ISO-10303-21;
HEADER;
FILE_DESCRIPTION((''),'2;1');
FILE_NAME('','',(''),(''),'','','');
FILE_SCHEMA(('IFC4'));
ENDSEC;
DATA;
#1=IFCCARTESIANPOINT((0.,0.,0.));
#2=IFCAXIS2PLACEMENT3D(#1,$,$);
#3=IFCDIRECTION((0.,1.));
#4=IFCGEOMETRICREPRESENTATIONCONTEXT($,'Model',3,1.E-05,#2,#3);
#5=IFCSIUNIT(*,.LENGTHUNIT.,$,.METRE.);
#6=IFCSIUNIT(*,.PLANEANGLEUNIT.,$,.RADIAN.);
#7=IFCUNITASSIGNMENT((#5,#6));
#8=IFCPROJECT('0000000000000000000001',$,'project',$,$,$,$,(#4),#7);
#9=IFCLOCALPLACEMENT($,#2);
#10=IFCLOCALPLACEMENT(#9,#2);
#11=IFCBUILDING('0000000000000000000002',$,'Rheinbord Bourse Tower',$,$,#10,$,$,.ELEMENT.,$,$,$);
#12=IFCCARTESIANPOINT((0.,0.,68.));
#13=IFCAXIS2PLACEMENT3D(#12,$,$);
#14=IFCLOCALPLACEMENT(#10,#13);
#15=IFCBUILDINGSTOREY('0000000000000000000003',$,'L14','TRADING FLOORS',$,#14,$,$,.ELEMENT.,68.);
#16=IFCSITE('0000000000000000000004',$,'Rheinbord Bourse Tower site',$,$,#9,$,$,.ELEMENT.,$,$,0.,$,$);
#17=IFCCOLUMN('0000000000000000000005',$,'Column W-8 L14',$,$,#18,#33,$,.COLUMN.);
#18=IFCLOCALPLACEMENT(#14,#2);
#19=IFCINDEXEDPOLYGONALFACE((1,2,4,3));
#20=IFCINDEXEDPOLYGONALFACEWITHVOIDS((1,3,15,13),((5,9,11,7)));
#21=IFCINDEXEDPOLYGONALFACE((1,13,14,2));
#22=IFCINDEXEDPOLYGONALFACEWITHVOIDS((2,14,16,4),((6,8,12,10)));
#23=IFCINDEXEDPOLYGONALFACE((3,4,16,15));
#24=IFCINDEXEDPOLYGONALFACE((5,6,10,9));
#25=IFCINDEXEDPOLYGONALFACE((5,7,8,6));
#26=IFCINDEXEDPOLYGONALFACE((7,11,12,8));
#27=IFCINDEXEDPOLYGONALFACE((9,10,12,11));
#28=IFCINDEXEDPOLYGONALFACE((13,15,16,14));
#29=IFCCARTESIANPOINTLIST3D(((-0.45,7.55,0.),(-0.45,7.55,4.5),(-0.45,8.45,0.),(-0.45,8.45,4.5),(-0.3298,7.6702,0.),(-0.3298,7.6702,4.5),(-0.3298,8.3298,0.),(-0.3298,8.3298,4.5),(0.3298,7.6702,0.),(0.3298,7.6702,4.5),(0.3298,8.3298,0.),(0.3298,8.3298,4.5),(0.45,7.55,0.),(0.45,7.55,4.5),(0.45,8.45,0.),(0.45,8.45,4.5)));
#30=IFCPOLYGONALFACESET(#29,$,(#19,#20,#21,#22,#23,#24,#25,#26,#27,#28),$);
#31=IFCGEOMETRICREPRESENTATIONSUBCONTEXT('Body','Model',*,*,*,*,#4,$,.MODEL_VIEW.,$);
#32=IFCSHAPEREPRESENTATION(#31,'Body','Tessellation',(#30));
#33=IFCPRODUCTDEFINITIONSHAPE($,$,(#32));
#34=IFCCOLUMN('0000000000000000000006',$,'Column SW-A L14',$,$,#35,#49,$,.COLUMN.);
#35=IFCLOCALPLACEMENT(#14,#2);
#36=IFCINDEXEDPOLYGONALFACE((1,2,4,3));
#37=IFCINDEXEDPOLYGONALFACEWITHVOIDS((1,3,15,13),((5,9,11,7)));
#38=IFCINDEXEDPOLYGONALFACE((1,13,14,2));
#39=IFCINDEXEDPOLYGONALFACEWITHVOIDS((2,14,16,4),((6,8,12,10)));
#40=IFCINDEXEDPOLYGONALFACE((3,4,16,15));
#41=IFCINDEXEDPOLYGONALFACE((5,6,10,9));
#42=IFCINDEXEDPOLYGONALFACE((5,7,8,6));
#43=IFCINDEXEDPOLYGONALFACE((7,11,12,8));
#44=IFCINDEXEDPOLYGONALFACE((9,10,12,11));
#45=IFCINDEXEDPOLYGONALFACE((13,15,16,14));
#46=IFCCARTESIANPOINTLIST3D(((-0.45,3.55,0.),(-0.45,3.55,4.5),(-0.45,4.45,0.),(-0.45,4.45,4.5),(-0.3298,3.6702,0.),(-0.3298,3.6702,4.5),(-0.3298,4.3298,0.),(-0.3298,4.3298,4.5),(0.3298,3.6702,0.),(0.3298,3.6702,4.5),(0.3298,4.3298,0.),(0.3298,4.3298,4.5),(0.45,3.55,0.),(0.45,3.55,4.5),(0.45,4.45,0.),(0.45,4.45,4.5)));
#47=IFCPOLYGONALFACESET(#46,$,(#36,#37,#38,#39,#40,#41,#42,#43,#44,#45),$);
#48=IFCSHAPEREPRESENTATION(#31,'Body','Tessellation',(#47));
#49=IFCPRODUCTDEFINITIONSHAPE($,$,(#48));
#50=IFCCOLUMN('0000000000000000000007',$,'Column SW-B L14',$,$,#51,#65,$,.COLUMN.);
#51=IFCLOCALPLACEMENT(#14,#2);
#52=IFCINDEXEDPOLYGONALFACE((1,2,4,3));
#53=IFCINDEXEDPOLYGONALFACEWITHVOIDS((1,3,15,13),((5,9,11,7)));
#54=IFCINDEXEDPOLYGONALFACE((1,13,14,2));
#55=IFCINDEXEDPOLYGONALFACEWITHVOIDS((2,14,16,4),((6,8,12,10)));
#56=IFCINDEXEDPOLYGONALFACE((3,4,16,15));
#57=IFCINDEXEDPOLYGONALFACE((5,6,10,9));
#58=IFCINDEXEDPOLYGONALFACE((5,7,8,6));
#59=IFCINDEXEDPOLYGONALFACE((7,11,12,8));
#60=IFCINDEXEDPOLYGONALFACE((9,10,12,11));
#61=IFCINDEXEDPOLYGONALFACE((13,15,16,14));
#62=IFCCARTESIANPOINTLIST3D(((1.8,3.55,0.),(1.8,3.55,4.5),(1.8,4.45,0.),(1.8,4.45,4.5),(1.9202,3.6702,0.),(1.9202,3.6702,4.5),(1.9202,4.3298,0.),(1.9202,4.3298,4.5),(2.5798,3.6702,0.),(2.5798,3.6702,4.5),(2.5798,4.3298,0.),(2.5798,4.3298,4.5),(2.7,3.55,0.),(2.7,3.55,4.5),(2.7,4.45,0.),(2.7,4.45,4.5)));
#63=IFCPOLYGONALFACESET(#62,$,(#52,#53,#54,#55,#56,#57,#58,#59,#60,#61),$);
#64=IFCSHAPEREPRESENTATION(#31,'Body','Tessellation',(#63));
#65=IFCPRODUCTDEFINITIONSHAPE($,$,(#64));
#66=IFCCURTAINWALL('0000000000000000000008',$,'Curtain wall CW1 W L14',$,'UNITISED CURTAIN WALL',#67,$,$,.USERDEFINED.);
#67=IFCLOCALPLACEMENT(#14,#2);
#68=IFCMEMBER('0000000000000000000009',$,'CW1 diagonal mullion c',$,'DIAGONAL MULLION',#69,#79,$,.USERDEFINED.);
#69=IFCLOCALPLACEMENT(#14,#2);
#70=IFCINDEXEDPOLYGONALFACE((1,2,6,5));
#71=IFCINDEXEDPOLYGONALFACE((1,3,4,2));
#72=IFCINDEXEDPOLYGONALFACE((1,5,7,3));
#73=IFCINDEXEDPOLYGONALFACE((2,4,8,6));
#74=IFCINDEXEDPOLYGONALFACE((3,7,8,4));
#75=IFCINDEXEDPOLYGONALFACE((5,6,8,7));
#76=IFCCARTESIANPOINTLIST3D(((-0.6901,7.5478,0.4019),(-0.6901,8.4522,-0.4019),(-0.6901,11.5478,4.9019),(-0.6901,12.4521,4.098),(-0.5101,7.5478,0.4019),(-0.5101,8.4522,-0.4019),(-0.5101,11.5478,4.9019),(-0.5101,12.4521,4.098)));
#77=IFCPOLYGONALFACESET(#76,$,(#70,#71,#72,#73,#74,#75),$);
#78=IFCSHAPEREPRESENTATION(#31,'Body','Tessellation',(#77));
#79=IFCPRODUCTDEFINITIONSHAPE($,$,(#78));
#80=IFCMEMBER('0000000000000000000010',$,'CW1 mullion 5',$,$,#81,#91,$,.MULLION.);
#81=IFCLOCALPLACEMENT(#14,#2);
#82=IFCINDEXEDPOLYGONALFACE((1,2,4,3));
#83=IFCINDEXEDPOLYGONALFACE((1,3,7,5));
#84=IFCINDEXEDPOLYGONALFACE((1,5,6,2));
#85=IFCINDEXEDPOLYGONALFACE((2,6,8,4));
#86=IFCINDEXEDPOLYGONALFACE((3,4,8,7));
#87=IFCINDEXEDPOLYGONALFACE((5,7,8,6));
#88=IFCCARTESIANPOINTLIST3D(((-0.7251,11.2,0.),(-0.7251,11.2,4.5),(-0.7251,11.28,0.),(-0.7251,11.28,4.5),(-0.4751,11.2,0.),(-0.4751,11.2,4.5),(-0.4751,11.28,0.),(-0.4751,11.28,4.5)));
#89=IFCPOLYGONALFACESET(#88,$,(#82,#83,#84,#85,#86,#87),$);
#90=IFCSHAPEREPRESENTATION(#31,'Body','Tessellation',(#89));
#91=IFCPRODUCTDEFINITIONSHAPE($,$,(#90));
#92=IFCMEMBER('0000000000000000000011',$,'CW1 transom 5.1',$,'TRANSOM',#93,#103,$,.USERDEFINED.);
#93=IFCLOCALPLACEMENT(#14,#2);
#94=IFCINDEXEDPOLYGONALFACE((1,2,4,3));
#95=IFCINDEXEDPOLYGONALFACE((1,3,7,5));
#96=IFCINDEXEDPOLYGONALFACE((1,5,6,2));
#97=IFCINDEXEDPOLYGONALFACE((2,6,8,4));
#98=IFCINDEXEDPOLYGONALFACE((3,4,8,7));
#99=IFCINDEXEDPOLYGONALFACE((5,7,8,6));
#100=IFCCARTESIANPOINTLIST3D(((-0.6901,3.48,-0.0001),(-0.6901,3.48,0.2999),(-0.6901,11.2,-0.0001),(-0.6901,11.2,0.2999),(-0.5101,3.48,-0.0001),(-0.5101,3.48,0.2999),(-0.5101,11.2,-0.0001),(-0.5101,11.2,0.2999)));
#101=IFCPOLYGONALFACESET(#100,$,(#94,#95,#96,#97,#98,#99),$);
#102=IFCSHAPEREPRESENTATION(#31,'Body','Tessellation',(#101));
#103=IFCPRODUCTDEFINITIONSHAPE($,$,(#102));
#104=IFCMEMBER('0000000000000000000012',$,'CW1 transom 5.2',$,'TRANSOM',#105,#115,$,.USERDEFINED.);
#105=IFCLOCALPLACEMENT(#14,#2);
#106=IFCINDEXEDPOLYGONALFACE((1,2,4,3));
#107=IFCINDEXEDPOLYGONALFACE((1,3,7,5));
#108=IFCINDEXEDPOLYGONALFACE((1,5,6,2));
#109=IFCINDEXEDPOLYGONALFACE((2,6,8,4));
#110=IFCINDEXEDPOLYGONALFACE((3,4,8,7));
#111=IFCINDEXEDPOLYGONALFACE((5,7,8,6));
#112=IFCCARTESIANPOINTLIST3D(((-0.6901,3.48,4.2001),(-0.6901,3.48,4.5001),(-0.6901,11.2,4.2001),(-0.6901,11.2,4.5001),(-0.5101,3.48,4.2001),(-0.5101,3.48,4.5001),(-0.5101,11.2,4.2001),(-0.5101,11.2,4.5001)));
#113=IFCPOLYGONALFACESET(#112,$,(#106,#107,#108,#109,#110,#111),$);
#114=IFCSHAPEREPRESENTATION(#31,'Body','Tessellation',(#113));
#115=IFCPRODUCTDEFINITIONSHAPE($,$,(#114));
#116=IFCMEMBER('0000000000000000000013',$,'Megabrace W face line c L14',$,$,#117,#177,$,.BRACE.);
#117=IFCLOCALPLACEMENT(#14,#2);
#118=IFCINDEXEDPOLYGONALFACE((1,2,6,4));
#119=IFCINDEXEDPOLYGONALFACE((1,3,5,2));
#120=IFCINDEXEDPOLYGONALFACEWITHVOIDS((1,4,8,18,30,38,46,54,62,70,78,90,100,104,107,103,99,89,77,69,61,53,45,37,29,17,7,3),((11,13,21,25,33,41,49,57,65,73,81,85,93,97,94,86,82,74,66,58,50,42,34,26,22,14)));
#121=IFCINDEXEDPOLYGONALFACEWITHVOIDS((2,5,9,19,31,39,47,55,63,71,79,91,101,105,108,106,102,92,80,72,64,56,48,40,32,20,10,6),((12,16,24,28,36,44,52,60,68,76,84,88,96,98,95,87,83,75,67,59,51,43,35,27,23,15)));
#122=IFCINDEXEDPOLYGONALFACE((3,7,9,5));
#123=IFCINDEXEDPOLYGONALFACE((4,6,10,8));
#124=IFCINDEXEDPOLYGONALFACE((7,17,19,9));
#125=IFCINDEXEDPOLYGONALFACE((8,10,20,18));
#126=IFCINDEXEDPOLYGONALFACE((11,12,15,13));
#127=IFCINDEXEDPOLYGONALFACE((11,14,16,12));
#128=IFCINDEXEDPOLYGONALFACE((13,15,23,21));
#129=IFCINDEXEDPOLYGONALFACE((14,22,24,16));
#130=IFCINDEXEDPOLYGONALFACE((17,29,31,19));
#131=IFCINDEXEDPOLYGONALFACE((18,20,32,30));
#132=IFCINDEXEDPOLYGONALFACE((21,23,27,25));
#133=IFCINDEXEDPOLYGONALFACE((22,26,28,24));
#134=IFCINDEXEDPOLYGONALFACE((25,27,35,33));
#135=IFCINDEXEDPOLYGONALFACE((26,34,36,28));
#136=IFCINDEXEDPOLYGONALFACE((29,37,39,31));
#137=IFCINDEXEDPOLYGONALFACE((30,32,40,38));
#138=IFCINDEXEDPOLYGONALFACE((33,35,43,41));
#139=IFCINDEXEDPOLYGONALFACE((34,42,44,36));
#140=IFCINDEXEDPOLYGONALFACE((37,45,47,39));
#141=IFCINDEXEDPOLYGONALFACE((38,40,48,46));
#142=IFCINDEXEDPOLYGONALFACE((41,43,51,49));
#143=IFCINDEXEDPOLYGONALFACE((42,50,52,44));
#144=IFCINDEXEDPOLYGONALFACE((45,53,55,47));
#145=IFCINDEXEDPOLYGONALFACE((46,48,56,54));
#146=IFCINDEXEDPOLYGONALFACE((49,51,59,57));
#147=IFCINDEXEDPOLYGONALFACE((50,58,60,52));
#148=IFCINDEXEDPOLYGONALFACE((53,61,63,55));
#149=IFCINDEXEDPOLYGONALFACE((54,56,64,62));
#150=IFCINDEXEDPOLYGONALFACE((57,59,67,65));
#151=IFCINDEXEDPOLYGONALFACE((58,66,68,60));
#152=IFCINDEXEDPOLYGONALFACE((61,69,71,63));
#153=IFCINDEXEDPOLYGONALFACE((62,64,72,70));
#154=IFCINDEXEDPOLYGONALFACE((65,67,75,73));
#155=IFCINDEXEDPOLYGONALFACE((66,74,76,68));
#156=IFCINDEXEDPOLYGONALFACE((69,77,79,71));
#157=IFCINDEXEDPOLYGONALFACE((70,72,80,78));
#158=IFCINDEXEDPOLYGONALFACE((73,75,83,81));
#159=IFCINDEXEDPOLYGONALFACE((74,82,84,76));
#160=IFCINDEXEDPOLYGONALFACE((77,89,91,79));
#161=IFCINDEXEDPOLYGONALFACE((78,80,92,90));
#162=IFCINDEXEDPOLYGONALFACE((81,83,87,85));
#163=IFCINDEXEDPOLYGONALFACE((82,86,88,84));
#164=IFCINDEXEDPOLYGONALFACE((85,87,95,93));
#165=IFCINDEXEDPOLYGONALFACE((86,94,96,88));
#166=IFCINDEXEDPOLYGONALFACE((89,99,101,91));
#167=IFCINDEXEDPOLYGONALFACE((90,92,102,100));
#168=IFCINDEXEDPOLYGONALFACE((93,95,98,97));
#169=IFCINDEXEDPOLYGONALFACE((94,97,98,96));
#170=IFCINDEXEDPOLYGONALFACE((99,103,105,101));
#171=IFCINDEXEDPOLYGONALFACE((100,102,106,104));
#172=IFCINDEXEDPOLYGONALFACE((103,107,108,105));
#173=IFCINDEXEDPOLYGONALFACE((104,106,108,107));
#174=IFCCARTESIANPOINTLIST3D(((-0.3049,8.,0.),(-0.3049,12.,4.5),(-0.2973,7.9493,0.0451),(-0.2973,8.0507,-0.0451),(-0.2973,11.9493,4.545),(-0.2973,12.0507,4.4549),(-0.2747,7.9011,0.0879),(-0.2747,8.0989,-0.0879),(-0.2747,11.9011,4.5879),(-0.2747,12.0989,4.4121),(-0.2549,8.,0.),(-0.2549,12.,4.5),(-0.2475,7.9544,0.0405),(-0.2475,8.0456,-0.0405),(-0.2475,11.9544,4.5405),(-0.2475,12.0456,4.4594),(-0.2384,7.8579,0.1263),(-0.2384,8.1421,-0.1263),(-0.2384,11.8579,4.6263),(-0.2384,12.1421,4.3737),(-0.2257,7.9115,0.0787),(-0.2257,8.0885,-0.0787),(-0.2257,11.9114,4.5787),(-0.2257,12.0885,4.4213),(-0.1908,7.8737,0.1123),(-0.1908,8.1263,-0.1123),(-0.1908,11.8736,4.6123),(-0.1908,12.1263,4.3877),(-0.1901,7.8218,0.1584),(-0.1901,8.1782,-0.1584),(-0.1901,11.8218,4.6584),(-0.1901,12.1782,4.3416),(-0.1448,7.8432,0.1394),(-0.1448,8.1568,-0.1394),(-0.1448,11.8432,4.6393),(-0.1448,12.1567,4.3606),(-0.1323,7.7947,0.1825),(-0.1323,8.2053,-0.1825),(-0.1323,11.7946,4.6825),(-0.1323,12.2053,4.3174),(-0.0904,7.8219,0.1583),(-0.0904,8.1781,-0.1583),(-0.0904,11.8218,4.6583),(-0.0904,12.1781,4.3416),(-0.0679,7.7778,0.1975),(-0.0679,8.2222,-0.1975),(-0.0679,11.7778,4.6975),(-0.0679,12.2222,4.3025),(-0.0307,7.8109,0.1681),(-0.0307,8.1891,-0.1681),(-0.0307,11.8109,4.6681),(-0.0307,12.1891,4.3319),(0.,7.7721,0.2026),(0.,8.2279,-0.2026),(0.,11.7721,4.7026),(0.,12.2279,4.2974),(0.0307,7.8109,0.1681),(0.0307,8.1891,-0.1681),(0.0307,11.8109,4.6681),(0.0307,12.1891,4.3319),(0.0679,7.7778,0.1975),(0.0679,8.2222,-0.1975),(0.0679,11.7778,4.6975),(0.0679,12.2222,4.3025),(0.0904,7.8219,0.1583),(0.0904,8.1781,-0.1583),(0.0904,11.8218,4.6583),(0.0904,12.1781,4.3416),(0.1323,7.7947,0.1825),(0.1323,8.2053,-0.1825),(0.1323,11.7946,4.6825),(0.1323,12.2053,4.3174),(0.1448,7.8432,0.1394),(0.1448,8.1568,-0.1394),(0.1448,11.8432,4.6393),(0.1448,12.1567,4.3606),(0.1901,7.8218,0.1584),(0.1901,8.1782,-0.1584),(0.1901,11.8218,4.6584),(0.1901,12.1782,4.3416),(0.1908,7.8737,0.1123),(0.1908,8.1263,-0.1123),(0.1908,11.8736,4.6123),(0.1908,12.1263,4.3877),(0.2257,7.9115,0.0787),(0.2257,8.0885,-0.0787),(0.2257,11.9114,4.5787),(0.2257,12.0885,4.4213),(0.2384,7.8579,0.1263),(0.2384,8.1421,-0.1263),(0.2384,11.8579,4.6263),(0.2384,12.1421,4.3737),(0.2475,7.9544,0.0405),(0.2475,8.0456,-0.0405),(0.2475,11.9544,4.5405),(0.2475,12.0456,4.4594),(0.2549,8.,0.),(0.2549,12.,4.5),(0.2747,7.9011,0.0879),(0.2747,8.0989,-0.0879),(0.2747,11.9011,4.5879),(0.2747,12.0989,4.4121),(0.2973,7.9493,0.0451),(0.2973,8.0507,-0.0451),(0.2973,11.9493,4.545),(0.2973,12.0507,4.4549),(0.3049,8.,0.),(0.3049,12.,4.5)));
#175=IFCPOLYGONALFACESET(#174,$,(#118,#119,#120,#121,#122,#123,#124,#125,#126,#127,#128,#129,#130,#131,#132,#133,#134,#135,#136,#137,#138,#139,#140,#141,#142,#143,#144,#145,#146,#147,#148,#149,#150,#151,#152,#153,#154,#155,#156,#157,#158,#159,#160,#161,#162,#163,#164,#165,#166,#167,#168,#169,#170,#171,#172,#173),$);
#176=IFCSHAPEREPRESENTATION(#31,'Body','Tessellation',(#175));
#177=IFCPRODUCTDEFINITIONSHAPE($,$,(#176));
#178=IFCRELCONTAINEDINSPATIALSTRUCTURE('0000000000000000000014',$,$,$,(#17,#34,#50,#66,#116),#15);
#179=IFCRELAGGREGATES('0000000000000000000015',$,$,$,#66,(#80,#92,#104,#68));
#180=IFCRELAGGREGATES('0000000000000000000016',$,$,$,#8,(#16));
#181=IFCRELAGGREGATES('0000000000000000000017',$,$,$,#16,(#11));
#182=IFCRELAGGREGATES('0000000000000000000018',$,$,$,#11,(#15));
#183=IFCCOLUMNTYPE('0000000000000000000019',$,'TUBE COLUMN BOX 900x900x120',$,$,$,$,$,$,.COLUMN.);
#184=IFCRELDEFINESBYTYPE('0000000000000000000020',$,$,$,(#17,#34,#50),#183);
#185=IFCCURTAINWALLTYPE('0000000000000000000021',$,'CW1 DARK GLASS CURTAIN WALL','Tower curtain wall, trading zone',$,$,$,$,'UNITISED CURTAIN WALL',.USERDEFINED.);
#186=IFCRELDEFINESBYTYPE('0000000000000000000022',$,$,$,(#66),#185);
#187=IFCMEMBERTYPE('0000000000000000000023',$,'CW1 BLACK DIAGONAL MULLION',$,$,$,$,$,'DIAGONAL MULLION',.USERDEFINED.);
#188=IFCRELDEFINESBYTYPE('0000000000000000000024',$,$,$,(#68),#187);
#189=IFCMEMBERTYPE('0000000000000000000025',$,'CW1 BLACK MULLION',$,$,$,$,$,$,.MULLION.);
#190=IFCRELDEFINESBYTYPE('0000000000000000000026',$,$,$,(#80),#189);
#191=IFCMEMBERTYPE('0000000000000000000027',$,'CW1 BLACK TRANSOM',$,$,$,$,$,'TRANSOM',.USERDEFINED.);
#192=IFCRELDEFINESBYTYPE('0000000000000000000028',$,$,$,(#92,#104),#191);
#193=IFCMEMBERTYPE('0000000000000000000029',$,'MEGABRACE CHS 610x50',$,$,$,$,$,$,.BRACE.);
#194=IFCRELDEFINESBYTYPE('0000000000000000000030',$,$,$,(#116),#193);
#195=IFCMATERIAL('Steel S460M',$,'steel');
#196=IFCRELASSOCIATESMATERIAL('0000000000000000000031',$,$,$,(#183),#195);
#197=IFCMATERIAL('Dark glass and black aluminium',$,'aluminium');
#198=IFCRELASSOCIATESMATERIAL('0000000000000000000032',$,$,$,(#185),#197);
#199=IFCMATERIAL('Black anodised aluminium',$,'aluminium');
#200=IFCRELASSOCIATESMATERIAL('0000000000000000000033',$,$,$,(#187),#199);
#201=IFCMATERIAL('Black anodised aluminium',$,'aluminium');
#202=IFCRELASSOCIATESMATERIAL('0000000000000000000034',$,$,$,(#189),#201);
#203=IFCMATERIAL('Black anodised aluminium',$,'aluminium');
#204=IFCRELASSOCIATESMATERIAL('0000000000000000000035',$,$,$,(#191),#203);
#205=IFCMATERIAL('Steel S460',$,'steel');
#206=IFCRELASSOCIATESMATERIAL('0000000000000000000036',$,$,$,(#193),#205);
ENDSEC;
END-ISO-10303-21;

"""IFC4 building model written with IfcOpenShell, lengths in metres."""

from ifc_helpers import new_model, si_unit, direction, frame, origin, origin_2d, place, context, subcontext, project, spatial, rectangle, hollow_rectangle, hollow_circle, extrude, material, material_profile, profile_set, type_object, element, aggregate, save


model = new_model("IFC4")

# Units and contexts
model_context = context("Model", 3, precision=1e-05, world=origin(), true_north=direction((0.0, 1.0)))
body_context = subcontext(model_context, "Body", "Model", "MODEL_VIEW")
ifc_project = project(units=[si_unit("LENGTHUNIT", "METRE"), si_unit("PLANEANGLEUNIT", "RADIAN")], contexts=[model_context])

# Site, building, storey
site_placement = place(None, origin())
site = spatial("IfcSite", under=ifc_project, at=site_placement, Name="Rheinbord Bourse Tower site", CompositionType="ELEMENT", RefElevation=0.0)
building_placement = place(site_placement, origin())
building = spatial("IfcBuilding", under=site, at=building_placement, Name="Rheinbord Bourse Tower", CompositionType="ELEMENT")
storey_placement = place(building_placement, frame((0.0, 0.0, 68.0)))
storey = spatial("IfcBuildingStorey", under=building, at=storey_placement, Name="L14", Description="TRADING FLOORS", CompositionType="ELEMENT", Elevation=68.0)

# Columns
ifc_material_1 = material(Name="Steel S460M", Category="steel")
ifc_material_profile_1 = material_profile(ifc_material_1, hollow_rectangle(XDim=0.8999, YDim=0.8999, WallThickness=0.1201, at=origin_2d()), Name="BOX 900x900x120")
ifc_profile_set_1 = profile_set([ifc_material_profile_1], Name="Steel S460M")
column_type = type_object("IfcColumnType", Name="TUBE COLUMN BOX 900x900x120", PredefinedType="COLUMN", material=ifc_profile_set_1)
for number, where, z_axis, x_axis, name in (
    (1, (0.0, 8.0, 0.0), (0.0, 0.0, 1.0), (1.0, 0.0, 0.0), "Column W-8 L14"),
    (2, (0.0, 4.0, 0.0), (0.0, 0.0, 1.0), (1.0, 0.0, 0.0), "Column SW-A L14"),
    (3, (2.25, 4.0, 0.0), (0.0, 0.0, 1.0), (1.0, 0.0, 0.0), "Column SW-B L14"),
):
    element("IfcColumn", number, at=place(storey_placement, frame(where, z_axis=z_axis, x_axis=x_axis)), inside=storey, type_object=column_type, Name=name, PredefinedType="COLUMN", context=body_context, shape_type="SweptSolid", body=[
        extrude(hollow_rectangle(XDim=0.8999, YDim=0.8999, WallThickness=0.1201, at=origin_2d()), origin(), (0.0, 0.0, 1.0), 4.5),
    ])

# Curtain wall, members
ifc_material_2 = material(Name="Dark glass and black aluminium", Category="aluminium")
curtain_wall_type = type_object("IfcCurtainWallType", Name="CW1 DARK GLASS CURTAIN WALL", Description="Tower curtain wall, trading zone", ElementType="UNITISED CURTAIN WALL", PredefinedType="USERDEFINED", material=ifc_material_2)
curtain_wall_placement = place(storey_placement, origin())
curtain_wall = element("IfcCurtainWall", 4, at=curtain_wall_placement, inside=storey, type_object=curtain_wall_type, Name="Curtain wall CW1 W L14", ObjectType="UNITISED CURTAIN WALL", PredefinedType="USERDEFINED")
ifc_material_3 = material(Name="Black anodised aluminium", Category="aluminium")
ifc_material_profile_2 = material_profile(ifc_material_3, rectangle(XDim=0.1799, YDim=1.21, at=origin_2d()), Name="CW1 DIAGONAL MULLION 1210x180")
ifc_profile_set_2 = profile_set([ifc_material_profile_2], Name="Black anodised aluminium")
member_type_1 = type_object("IfcMemberType", Name="CW1 BLACK DIAGONAL MULLION", ElementType="DIAGONAL MULLION", PredefinedType="USERDEFINED", material=ifc_profile_set_2)
member_1_placement = place(storey_placement, frame((-0.6001, 8.0, 0.0), z_axis=(0.0, 0.664364, 0.747409), x_axis=(-1.0, 0.0, 0.0)))
member_1 = element("IfcMember", 5, at=member_1_placement, type_object=member_type_1, Name="CW1 diagonal mullion c", ObjectType="DIAGONAL MULLION", PredefinedType="USERDEFINED", context=body_context, shape_type="SweptSolid", body=[
    extrude(rectangle(XDim=0.1799, YDim=1.21, at=origin_2d()), origin(), (0.0, 0.0, 1.0), 6.0208),
])
ifc_material_4 = material(Name="Black anodised aluminium", Category="aluminium")
ifc_material_profile_3 = material_profile(ifc_material_4, rectangle(XDim=0.25, YDim=0.0801, at=origin_2d()), Name="CW1 MULLION 80x250")
ifc_profile_set_3 = profile_set([ifc_material_profile_3], Name="Black anodised aluminium")
member_type_2 = type_object("IfcMemberType", Name="CW1 BLACK MULLION", PredefinedType="MULLION", material=ifc_profile_set_3)
member_2_placement = place(storey_placement, frame((-0.6001, 11.24, 0.0), z_axis=(0.0, 0.0, 1.0), x_axis=(1.0, 0.0, 0.0)))
member_2 = element("IfcMember", 6, at=member_2_placement, type_object=member_type_2, Name="CW1 mullion 5", PredefinedType="MULLION", context=body_context, shape_type="SweptSolid", body=[
    extrude(rectangle(XDim=0.25, YDim=0.0801, at=origin_2d()), origin(), (0.0, 0.0, 1.0), 4.5),
])
ifc_material_5 = material(Name="Black anodised aluminium", Category="aluminium")
ifc_material_profile_4 = material_profile(ifc_material_5, rectangle(XDim=0.1799, YDim=0.3, at=origin_2d()), Name="CW1 TRANSOM 300x180")
ifc_profile_set_4 = profile_set([ifc_material_profile_4], Name="Black anodised aluminium")
member_type_3 = type_object("IfcMemberType", Name="CW1 BLACK TRANSOM", ElementType="TRANSOM", PredefinedType="USERDEFINED", material=ifc_profile_set_4)
member_3_placement = place(storey_placement, frame((-0.6001, 11.2, 0.1499), z_axis=(0.0, -1.0, 0.0), x_axis=(1.0, 0.0, 0.0)))
member_3 = element("IfcMember", 7, at=member_3_placement, type_object=member_type_3, Name="CW1 transom 5.1", ObjectType="TRANSOM", PredefinedType="USERDEFINED", context=body_context, shape_type="SweptSolid", body=[
    extrude(rectangle(XDim=0.1799, YDim=0.3, at=origin_2d()), origin(), (0.0, 0.0, 1.0), 7.72),
])
member_4_placement = place(storey_placement, frame((-0.6001, 11.2, 4.3501), z_axis=(0.0, -1.0, 0.0), x_axis=(1.0, 0.0, 0.0)))
member_4 = element("IfcMember", 8, at=member_4_placement, type_object=member_type_3, Name="CW1 transom 5.2", ObjectType="TRANSOM", PredefinedType="USERDEFINED", context=body_context, shape_type="SweptSolid", body=[
    extrude(rectangle(XDim=0.1799, YDim=0.3, at=origin_2d()), origin(), (0.0, 0.0, 1.0), 7.72),
])

# Member
ifc_material_6 = material(Name="Steel S460", Category="steel")
ifc_material_profile_5 = material_profile(ifc_material_6, hollow_circle(Radius=0.3049, WallThickness=0.05, at=origin_2d()), Name="CHS 610x50")
ifc_profile_set_5 = profile_set([ifc_material_profile_5], Name="Steel S460")
member_type_4 = type_object("IfcMemberType", Name="MEGABRACE CHS 610x50", PredefinedType="BRACE", material=ifc_profile_set_5)
member_5_placement = place(storey_placement, frame((0.0, 8.0, 0.0), z_axis=(0.0, 0.664364, 0.747409), x_axis=(-1.0, 0.0, 0.0)))
element("IfcMember", 9, at=member_5_placement, inside=storey, type_object=member_type_4, Name="Megabrace W face line c L14", PredefinedType="BRACE", context=body_context, shape_type="SweptSolid", body=[
    extrude(hollow_circle(Radius=0.3049, WallThickness=0.05, at=origin_2d()), origin(), (0.0, 0.0, 1.0), 6.0208),
])

aggregate(curtain_wall, [member_2, member_3, member_4, member_1])

save(model, "model.ifc")
